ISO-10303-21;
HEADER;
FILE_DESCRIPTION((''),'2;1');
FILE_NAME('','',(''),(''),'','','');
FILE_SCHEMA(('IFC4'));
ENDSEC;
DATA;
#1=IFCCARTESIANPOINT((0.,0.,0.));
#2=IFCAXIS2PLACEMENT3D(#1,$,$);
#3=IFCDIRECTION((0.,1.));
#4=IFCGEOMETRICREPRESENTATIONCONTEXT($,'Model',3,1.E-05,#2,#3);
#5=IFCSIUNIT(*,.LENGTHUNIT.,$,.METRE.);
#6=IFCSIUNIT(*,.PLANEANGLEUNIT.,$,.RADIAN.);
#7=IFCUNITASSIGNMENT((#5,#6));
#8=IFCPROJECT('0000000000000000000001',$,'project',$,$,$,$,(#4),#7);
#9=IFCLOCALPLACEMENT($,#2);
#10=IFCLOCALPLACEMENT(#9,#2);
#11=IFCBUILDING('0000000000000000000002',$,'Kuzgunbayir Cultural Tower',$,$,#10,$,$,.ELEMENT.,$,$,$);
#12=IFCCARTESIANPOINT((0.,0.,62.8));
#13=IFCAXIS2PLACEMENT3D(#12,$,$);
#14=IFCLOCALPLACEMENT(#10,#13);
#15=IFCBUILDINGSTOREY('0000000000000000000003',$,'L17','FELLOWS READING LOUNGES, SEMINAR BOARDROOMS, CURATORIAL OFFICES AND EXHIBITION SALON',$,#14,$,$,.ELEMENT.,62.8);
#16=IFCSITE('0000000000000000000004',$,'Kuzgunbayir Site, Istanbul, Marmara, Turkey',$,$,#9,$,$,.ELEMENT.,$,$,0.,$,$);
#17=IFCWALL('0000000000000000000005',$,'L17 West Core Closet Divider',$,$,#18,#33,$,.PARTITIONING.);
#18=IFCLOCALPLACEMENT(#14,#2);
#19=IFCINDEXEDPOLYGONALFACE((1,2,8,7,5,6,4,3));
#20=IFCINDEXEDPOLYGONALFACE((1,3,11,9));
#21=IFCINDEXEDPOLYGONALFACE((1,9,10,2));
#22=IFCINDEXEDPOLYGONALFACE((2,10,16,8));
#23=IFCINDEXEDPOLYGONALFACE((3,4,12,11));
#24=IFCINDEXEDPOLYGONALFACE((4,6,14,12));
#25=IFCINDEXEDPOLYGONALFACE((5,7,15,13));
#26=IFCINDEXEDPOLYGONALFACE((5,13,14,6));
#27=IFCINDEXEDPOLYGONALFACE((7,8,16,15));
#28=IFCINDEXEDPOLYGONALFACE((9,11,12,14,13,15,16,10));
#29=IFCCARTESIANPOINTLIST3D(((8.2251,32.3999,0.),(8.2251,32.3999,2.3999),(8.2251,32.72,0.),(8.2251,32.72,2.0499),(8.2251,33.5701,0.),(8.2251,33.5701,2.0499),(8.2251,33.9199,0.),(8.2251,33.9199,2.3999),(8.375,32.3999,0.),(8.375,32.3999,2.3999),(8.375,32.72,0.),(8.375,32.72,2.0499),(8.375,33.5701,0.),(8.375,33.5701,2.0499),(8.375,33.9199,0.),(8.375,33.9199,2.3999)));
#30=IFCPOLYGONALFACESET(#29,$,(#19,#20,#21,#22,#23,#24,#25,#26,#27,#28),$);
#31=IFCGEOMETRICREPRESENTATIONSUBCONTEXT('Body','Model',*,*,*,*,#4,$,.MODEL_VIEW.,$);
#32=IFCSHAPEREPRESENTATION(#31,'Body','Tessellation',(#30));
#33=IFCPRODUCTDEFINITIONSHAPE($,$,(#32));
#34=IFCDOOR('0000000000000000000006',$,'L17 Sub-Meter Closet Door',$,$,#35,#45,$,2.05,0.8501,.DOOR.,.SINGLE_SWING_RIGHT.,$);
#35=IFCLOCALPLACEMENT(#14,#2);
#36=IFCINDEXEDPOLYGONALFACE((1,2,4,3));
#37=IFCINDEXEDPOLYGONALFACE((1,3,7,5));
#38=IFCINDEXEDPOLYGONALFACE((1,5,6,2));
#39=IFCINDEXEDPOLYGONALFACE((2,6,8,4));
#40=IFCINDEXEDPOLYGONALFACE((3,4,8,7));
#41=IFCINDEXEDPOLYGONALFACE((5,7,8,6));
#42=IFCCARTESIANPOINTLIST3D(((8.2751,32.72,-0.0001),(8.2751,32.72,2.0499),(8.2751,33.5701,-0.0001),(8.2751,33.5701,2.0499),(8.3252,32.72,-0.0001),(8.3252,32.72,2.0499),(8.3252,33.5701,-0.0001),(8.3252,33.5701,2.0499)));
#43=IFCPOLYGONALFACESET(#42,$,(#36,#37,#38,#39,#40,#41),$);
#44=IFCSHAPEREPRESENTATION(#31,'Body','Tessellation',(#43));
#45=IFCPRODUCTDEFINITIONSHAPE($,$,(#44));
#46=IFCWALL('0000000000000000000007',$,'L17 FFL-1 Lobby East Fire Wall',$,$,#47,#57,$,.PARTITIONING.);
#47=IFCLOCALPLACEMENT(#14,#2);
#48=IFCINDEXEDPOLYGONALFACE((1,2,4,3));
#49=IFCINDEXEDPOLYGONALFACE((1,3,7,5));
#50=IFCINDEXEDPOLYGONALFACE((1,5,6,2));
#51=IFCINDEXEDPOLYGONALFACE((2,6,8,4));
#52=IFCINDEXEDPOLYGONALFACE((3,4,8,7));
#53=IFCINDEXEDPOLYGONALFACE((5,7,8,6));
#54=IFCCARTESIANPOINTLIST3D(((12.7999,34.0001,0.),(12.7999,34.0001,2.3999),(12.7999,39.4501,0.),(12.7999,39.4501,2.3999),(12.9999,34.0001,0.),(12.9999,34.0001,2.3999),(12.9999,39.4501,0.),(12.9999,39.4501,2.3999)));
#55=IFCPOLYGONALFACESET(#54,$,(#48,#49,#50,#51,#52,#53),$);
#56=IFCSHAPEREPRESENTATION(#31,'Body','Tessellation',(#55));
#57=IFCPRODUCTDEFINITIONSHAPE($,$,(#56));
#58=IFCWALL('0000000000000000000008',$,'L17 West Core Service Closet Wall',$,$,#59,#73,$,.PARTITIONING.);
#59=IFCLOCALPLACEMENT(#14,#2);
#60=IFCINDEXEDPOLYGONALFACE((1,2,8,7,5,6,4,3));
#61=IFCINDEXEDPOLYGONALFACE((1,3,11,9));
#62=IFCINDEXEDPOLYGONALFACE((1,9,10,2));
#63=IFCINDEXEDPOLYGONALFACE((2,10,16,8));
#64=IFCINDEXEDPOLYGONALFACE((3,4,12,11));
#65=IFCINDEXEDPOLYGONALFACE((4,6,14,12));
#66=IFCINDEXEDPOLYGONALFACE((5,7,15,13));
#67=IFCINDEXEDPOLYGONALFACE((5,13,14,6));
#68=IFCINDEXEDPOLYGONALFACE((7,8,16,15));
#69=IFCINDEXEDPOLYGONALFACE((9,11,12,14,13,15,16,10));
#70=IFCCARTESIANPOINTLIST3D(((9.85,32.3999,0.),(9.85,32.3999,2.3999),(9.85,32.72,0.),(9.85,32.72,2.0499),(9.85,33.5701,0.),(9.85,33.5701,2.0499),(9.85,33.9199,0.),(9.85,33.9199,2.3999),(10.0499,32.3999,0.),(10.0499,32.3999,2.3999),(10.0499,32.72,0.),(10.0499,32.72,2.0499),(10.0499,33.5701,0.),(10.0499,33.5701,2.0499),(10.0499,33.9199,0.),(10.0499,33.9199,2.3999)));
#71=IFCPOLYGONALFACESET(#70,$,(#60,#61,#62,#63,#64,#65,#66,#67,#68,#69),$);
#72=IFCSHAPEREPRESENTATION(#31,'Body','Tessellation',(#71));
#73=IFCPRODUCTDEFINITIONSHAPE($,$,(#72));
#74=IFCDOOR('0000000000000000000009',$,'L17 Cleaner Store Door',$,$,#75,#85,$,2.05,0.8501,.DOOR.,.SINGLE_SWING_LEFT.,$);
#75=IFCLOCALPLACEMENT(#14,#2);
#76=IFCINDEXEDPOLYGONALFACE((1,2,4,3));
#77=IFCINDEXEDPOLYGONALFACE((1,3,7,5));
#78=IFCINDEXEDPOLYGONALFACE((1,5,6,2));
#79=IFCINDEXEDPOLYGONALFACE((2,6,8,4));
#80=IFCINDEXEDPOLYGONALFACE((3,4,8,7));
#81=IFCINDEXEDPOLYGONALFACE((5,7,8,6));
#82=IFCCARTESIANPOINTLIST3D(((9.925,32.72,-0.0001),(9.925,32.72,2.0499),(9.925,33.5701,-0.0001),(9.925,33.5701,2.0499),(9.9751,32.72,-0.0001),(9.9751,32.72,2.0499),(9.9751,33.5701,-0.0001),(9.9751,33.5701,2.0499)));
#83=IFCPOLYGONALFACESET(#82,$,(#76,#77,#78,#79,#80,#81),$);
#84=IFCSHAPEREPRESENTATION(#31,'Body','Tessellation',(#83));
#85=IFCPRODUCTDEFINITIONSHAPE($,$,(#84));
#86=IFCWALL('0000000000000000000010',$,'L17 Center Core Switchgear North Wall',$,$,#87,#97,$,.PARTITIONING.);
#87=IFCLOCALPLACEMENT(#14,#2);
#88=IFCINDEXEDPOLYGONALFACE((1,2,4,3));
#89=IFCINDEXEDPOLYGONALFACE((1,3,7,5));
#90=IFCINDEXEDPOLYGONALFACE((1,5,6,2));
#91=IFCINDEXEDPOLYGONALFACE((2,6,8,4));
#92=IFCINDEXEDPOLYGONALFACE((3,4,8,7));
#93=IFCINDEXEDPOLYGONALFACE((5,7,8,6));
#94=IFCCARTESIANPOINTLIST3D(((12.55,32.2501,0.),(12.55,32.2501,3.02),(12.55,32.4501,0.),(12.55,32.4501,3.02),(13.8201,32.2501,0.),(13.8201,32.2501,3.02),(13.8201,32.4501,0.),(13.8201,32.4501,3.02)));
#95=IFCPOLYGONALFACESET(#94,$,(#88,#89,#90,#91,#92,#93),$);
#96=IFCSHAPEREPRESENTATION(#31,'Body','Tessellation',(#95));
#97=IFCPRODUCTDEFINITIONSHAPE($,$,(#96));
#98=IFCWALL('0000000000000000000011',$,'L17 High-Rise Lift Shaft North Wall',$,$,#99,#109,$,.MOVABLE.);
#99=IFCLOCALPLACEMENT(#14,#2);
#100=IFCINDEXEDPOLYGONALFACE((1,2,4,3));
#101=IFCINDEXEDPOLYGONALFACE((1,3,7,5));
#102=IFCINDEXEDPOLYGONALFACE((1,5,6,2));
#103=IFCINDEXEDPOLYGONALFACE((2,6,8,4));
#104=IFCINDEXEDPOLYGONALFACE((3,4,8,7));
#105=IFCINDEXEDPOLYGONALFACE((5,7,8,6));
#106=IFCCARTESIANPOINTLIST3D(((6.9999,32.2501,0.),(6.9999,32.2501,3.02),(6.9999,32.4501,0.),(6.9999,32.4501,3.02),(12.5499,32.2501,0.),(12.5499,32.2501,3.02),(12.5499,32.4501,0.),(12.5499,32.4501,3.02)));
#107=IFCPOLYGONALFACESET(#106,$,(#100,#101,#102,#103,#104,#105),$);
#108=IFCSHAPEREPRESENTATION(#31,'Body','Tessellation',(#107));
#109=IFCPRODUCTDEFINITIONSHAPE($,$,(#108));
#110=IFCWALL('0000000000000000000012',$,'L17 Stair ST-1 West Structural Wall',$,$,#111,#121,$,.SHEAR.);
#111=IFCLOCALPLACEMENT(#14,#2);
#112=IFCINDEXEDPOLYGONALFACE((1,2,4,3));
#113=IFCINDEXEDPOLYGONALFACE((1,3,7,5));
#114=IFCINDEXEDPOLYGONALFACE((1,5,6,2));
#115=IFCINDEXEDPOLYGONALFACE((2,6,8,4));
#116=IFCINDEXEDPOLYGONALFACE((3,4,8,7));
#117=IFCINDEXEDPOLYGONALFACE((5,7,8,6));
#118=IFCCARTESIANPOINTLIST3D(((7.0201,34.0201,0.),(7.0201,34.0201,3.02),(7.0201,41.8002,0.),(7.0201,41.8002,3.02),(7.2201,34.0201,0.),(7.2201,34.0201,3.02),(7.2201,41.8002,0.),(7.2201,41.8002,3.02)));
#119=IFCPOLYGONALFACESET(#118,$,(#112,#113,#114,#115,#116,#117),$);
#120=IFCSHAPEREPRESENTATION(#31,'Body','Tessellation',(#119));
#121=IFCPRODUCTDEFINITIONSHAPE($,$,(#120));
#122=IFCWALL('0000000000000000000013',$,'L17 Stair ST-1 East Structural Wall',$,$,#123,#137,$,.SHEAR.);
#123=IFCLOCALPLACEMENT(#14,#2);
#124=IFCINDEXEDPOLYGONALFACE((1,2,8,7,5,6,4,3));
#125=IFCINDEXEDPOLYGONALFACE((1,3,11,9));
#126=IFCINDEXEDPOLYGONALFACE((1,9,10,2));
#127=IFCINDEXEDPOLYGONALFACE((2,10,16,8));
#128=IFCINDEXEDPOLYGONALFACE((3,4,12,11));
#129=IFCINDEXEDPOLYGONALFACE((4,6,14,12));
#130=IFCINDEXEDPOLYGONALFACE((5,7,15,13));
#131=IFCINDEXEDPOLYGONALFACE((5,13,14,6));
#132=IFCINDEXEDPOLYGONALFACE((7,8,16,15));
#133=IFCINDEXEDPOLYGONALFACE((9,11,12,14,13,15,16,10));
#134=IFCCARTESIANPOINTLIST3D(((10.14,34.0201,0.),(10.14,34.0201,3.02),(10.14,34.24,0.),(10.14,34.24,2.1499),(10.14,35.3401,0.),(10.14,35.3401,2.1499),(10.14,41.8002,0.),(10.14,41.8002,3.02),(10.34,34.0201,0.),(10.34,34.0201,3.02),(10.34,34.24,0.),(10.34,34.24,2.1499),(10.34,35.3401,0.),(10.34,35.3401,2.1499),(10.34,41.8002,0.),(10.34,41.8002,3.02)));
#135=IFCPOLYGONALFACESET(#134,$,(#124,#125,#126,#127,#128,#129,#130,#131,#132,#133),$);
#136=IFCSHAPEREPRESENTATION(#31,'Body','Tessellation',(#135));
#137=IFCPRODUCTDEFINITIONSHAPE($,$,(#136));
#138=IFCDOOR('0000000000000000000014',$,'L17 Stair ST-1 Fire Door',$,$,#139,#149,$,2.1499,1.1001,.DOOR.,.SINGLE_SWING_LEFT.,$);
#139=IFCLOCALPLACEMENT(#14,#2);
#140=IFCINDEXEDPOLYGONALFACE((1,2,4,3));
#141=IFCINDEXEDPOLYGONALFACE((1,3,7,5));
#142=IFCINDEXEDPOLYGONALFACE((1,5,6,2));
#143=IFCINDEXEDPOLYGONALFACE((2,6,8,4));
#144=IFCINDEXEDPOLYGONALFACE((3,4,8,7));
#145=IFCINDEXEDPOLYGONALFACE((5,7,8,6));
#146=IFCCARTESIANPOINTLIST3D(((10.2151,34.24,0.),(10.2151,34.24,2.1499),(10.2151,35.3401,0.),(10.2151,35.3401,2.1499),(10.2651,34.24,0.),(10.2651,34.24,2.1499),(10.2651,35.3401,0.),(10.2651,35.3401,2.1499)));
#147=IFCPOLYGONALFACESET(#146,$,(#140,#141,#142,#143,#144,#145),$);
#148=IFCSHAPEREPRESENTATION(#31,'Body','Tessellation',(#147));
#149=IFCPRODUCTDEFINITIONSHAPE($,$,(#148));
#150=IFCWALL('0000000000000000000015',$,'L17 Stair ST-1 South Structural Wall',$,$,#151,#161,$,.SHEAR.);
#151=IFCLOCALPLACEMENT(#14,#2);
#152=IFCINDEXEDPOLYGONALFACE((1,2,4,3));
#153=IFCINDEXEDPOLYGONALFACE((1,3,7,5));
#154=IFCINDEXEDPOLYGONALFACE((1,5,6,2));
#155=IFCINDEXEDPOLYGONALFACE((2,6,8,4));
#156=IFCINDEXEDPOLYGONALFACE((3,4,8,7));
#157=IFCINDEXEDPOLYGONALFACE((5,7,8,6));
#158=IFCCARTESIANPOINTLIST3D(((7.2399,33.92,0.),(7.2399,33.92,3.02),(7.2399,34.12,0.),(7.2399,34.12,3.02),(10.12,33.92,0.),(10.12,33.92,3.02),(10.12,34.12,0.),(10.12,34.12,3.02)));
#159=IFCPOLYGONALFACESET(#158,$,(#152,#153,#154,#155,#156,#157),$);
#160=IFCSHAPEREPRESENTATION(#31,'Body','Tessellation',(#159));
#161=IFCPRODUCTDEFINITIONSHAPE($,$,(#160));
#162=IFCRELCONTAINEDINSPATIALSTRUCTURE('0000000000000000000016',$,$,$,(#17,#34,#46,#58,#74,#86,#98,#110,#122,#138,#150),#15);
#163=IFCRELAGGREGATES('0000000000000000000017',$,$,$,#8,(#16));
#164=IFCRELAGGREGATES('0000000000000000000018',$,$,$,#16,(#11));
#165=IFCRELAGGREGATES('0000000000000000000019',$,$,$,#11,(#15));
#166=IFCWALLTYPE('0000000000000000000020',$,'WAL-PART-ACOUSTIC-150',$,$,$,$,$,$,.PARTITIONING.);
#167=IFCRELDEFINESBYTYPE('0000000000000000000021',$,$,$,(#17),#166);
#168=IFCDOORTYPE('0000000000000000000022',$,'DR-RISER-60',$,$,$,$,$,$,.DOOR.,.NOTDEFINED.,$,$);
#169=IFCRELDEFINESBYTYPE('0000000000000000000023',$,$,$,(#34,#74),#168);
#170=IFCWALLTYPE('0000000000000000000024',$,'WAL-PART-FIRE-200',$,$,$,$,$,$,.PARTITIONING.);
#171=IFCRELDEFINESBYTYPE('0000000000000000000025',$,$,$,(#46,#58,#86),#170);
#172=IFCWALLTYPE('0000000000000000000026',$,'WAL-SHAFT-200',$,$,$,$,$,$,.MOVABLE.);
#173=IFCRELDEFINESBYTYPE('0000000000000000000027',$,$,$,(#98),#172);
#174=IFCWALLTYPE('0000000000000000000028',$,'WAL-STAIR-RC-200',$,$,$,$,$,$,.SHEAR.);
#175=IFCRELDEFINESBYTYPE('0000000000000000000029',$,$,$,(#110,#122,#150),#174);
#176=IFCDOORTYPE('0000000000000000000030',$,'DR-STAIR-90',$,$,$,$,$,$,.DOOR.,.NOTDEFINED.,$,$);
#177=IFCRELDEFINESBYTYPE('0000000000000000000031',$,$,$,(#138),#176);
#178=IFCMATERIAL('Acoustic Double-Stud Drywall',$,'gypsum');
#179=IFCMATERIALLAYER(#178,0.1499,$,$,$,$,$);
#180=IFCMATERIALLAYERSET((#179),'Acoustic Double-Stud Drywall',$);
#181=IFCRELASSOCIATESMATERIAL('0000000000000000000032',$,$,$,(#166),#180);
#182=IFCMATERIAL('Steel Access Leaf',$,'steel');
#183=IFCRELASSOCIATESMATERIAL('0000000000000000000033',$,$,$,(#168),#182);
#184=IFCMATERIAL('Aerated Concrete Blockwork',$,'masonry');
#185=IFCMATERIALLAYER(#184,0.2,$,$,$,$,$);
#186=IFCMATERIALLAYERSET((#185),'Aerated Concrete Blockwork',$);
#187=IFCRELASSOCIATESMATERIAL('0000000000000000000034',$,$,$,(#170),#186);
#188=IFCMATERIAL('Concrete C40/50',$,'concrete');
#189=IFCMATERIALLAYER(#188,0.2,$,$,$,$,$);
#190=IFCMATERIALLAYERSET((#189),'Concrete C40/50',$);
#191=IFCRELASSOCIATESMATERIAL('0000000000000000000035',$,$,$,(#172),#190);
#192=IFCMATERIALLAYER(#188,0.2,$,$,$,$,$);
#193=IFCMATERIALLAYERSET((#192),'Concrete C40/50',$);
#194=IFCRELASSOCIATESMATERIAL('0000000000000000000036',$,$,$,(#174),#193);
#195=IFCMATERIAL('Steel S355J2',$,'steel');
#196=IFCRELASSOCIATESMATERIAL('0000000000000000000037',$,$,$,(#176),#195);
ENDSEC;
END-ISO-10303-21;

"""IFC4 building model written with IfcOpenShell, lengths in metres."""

from ifc_helpers import new_model, si_unit, direction, frame, frame_2d, origin, place, context, subcontext, project, spatial, rectangle, extrude, material, layer, layer_set, type_object, element, fill, save


model = new_model("IFC4")

# Units and contexts
model_context = context("Model", 3, precision=1e-05, world=origin(), true_north=direction((0.0, 1.0)))
body_context = subcontext(model_context, "Body", "Model", "MODEL_VIEW")
ifc_project = project(units=[si_unit("LENGTHUNIT", "METRE"), si_unit("PLANEANGLEUNIT", "RADIAN")], contexts=[model_context])

# Site, building, storey
site_placement = place(None, origin())
site = spatial("IfcSite", under=ifc_project, at=site_placement, Name="Kuzgunbayir Site, Istanbul, Marmara, Turkey", CompositionType="ELEMENT", RefElevation=0.0)
building_placement = place(site_placement, origin())
building = spatial("IfcBuilding", under=site, at=building_placement, Name="Kuzgunbayir Cultural Tower", CompositionType="ELEMENT")
storey_placement = place(building_placement, frame((0.0, 0.0, 62.8)))
storey = spatial("IfcBuildingStorey", under=building, at=storey_placement, Name="L17", Description="FELLOWS READING LOUNGES, SEMINAR BOARDROOMS, CURATORIAL OFFICES AND EXHIBITION SALON", CompositionType="ELEMENT", Elevation=62.8)

# Shared definitions
ifc_material_1 = material(Name="Steel S355J2", Category="steel")

# Wall, opening, door
ifc_material_2 = material(Name="Acoustic Double-Stud Drywall", Category="gypsum")
ifc_layer_1 = layer(ifc_material_2, 0.1499)
ifc_layer_set_1 = layer_set([ifc_layer_1], Name="Acoustic Double-Stud Drywall")
wall_type_1 = type_object("IfcWallType", Name="WAL-PART-ACOUSTIC-150", PredefinedType="PARTITIONING", material=ifc_layer_set_1)
wall_1_placement = place(storey_placement, frame((8.3, 32.3999, 0.0), z_axis=(0.0, 0.0, 1.0), x_axis=(0.0, 1.0, 0.0)))
wall_1 = element("IfcWall", 1, at=wall_1_placement, inside=storey, type_object=wall_type_1, Name="L17 West Core Closet Divider", PredefinedType="PARTITIONING", context=body_context, shape_type="SweptSolid", body=[
    extrude(rectangle(XDim=1.52, YDim=0.1499, at=frame_2d((0.76, 0.0))), origin(), (0.0, 0.0, 1.0), 2.3999),
])
opening_1_placement = place(wall_1_placement, frame((0.3201, 0.0, 0.0)))
opening_1 = element("IfcOpeningElement", 2, at=opening_1_placement, cuts=wall_1, PredefinedType="OPENING", context=body_context, shape_type="SweptSolid", body=[
    extrude(rectangle(XDim=0.8501, YDim=2.05, at=frame_2d((0.425, 1.0249))), frame((0.0, 0.085, 0.0), z_axis=(0.0, -1.0, 0.0), x_axis=(1.0, 0.0, 0.0)), (0.0, 0.0, 1.0), 0.1699),
])
ifc_material_3 = material(Name="Steel Access Leaf", Category="steel")
door_type_1 = type_object("IfcDoorType", Name="DR-RISER-60", OperationType="NOTDEFINED", PredefinedType="DOOR", material=ifc_material_3)
door_1_placement = place(opening_1_placement, origin())
door_1 = element("IfcDoor", 3, at=door_1_placement, inside=storey, type_object=door_type_1, Name="L17 Sub-Meter Closet Door", OperationType="SINGLE_SWING_RIGHT", OverallHeight=2.05, OverallWidth=0.8501, PredefinedType="DOOR", context=body_context, shape_type="SweptSolid", body=[
    extrude(rectangle(XDim=0.8501, YDim=2.05, at=frame_2d((0.425, 1.0249))), frame((0.0, 0.0249, 0.0), z_axis=(0.0, -1.0, 0.0), x_axis=(1.0, 0.0, 0.0)), (0.0, 0.0, 1.0), 0.05),
])
fill(opening_1, door_1)

# Wall
ifc_material_4 = material(Name="Aerated Concrete Blockwork", Category="masonry")
ifc_layer_2 = layer(ifc_material_4, 0.2)
ifc_layer_set_2 = layer_set([ifc_layer_2], Name="Aerated Concrete Blockwork")
wall_type_2 = type_object("IfcWallType", Name="WAL-PART-FIRE-200", PredefinedType="PARTITIONING", material=ifc_layer_set_2)
wall_2_placement = place(storey_placement, frame((12.8999, 34.0, 0.0), z_axis=(0.0, 0.0, 1.0), x_axis=(0.0, 1.0, 0.0)))
element("IfcWall", 4, at=wall_2_placement, inside=storey, type_object=wall_type_2, Name="L17 FFL-1 Lobby East Fire Wall", PredefinedType="PARTITIONING", context=body_context, shape_type="SweptSolid", body=[
    extrude(rectangle(XDim=5.45, YDim=0.2, at=frame_2d((2.7251, 0.0))), origin(), (0.0, 0.0, 1.0), 2.3999),
])

# Wall, opening, door
wall_3_placement = place(storey_placement, frame((9.95, 32.3999, 0.0), z_axis=(0.0, 0.0, 1.0), x_axis=(0.0, 1.0, 0.0)))
wall_3 = element("IfcWall", 5, at=wall_3_placement, inside=storey, type_object=wall_type_2, Name="L17 West Core Service Closet Wall", PredefinedType="PARTITIONING", context=body_context, shape_type="SweptSolid", body=[
    extrude(rectangle(XDim=1.52, YDim=0.2, at=frame_2d((0.76, 0.0))), origin(), (0.0, 0.0, 1.0), 2.3999),
])
opening_2_placement = place(wall_3_placement, frame((0.3201, 0.0, 0.0)))
opening_2 = element("IfcOpeningElement", 6, at=opening_2_placement, cuts=wall_3, PredefinedType="OPENING", context=body_context, shape_type="SweptSolid", body=[
    extrude(rectangle(XDim=0.8501, YDim=2.05, at=frame_2d((0.425, 1.0249))), frame((0.0, 0.1099, 0.0), z_axis=(0.0, -1.0, 0.0), x_axis=(1.0, 0.0, 0.0)), (0.0, 0.0, 1.0), 0.22),
])
door_2_placement = place(opening_2_placement, origin())
door_2 = element("IfcDoor", 7, at=door_2_placement, inside=storey, type_object=door_type_1, Name="L17 Cleaner Store Door", OperationType="SINGLE_SWING_LEFT", OverallHeight=2.05, OverallWidth=0.8501, PredefinedType="DOOR", context=body_context, shape_type="SweptSolid", body=[
    extrude(rectangle(XDim=0.8501, YDim=2.05, at=frame_2d((0.425, 1.0249))), frame((0.0, 0.0249, 0.0), z_axis=(0.0, -1.0, 0.0), x_axis=(1.0, 0.0, 0.0)), (0.0, 0.0, 1.0), 0.05),
])
fill(opening_2, door_2)

# Walls
wall_4_placement = place(storey_placement, frame((12.55, 32.3501, 0.0), z_axis=(0.0, 0.0, 1.0), x_axis=(1.0, 0.0, 0.0)))
element("IfcWall", 8, at=wall_4_placement, inside=storey, type_object=wall_type_2, Name="L17 Center Core Switchgear North Wall", PredefinedType="PARTITIONING", context=body_context, shape_type="SweptSolid", body=[
    extrude(rectangle(XDim=1.27, YDim=0.2, at=frame_2d((0.635, 0.0))), origin(), (0.0, 0.0, 1.0), 3.02),
])
ifc_material_5 = material(Name="Concrete C40/50", Category="concrete")
ifc_layer_3 = layer(ifc_material_5, 0.2)
ifc_layer_set_3 = layer_set([ifc_layer_3], Name="Concrete C40/50")
wall_type_3 = type_object("IfcWallType", Name="WAL-SHAFT-200", PredefinedType="MOVABLE", material=ifc_layer_set_3)
wall_5_placement = place(storey_placement, frame((7.0, 32.3501, 0.0), z_axis=(0.0, 0.0, 1.0), x_axis=(1.0, 0.0, 0.0)))
element("IfcWall", 9, at=wall_5_placement, inside=storey, type_object=wall_type_3, Name="L17 High-Rise Lift Shaft North Wall", PredefinedType="MOVABLE", context=body_context, shape_type="SweptSolid", body=[
    extrude(rectangle(XDim=5.55, YDim=0.2, at=frame_2d((2.7749, 0.0))), origin(), (0.0, 0.0, 1.0), 3.02),
])
ifc_layer_4 = layer(ifc_material_5, 0.2)
ifc_layer_set_4 = layer_set([ifc_layer_4], Name="Concrete C40/50")
wall_type_4 = type_object("IfcWallType", Name="WAL-STAIR-RC-200", PredefinedType="SHEAR", material=ifc_layer_set_4)
wall_6_placement = place(storey_placement, frame((7.1201, 34.02, 0.0), z_axis=(0.0, 0.0, 1.0), x_axis=(0.0, 1.0, 0.0)))
element("IfcWall", 10, at=wall_6_placement, inside=storey, type_object=wall_type_4, Name="L17 Stair ST-1 West Structural Wall", PredefinedType="SHEAR", context=body_context, shape_type="SweptSolid", body=[
    extrude(rectangle(XDim=7.78, YDim=0.2, at=frame_2d((3.8901, 0.0))), origin(), (0.0, 0.0, 1.0), 3.02),
])

# Wall, opening, door
wall_7_placement = place(storey_placement, frame((10.24, 34.02, 0.0), z_axis=(0.0, 0.0, 1.0), x_axis=(0.0, 1.0, 0.0)))
wall_7 = element("IfcWall", 11, at=wall_7_placement, inside=storey, type_object=wall_type_4, Name="L17 Stair ST-1 East Structural Wall", PredefinedType="SHEAR", context=body_context, shape_type="SweptSolid", body=[
    extrude(rectangle(XDim=7.78, YDim=0.2, at=frame_2d((3.8901, 0.0))), origin(), (0.0, 0.0, 1.0), 3.02),
])
opening_3_placement = place(wall_7_placement, frame((0.22, 0.0, 0.0)))
opening_3 = element("IfcOpeningElement", 12, at=opening_3_placement, cuts=wall_7, PredefinedType="OPENING", context=body_context, shape_type="SweptSolid", body=[
    extrude(rectangle(XDim=1.1001, YDim=2.1499, at=frame_2d((0.55, 1.075))), frame((0.0, 0.1099, 0.0), z_axis=(0.0, -1.0, 0.0), x_axis=(1.0, 0.0, 0.0)), (0.0, 0.0, 1.0), 0.22),
])
door_type_2 = type_object("IfcDoorType", Name="DR-STAIR-90", OperationType="NOTDEFINED", PredefinedType="DOOR", material=ifc_material_1)
door_3_placement = place(opening_3_placement, origin())
door_3 = element("IfcDoor", 13, at=door_3_placement, inside=storey, type_object=door_type_2, Name="L17 Stair ST-1 Fire Door", OperationType="SINGLE_SWING_LEFT", OverallHeight=2.1499, OverallWidth=1.1001, PredefinedType="DOOR", context=body_context, shape_type="SweptSolid", body=[
    extrude(rectangle(XDim=1.1001, YDim=2.1499, at=frame_2d((0.55, 1.075))), frame((0.0, 0.0249, 0.0), z_axis=(0.0, -1.0, 0.0), x_axis=(1.0, 0.0, 0.0)), (0.0, 0.0, 1.0), 0.05),
])
fill(opening_3, door_3)

# Wall
wall_8_placement = place(storey_placement, frame((7.24, 34.02, 0.0), z_axis=(0.0, 0.0, 1.0), x_axis=(1.0, 0.0, 0.0)))
element("IfcWall", 14, at=wall_8_placement, inside=storey, type_object=wall_type_4, Name="L17 Stair ST-1 South Structural Wall", PredefinedType="SHEAR", context=body_context, shape_type="SweptSolid", body=[
    extrude(rectangle(XDim=2.8801, YDim=0.2, at=frame_2d((1.4399, 0.0))), origin(), (0.0, 0.0, 1.0), 3.02),
])

save(model, "model.ifc")
